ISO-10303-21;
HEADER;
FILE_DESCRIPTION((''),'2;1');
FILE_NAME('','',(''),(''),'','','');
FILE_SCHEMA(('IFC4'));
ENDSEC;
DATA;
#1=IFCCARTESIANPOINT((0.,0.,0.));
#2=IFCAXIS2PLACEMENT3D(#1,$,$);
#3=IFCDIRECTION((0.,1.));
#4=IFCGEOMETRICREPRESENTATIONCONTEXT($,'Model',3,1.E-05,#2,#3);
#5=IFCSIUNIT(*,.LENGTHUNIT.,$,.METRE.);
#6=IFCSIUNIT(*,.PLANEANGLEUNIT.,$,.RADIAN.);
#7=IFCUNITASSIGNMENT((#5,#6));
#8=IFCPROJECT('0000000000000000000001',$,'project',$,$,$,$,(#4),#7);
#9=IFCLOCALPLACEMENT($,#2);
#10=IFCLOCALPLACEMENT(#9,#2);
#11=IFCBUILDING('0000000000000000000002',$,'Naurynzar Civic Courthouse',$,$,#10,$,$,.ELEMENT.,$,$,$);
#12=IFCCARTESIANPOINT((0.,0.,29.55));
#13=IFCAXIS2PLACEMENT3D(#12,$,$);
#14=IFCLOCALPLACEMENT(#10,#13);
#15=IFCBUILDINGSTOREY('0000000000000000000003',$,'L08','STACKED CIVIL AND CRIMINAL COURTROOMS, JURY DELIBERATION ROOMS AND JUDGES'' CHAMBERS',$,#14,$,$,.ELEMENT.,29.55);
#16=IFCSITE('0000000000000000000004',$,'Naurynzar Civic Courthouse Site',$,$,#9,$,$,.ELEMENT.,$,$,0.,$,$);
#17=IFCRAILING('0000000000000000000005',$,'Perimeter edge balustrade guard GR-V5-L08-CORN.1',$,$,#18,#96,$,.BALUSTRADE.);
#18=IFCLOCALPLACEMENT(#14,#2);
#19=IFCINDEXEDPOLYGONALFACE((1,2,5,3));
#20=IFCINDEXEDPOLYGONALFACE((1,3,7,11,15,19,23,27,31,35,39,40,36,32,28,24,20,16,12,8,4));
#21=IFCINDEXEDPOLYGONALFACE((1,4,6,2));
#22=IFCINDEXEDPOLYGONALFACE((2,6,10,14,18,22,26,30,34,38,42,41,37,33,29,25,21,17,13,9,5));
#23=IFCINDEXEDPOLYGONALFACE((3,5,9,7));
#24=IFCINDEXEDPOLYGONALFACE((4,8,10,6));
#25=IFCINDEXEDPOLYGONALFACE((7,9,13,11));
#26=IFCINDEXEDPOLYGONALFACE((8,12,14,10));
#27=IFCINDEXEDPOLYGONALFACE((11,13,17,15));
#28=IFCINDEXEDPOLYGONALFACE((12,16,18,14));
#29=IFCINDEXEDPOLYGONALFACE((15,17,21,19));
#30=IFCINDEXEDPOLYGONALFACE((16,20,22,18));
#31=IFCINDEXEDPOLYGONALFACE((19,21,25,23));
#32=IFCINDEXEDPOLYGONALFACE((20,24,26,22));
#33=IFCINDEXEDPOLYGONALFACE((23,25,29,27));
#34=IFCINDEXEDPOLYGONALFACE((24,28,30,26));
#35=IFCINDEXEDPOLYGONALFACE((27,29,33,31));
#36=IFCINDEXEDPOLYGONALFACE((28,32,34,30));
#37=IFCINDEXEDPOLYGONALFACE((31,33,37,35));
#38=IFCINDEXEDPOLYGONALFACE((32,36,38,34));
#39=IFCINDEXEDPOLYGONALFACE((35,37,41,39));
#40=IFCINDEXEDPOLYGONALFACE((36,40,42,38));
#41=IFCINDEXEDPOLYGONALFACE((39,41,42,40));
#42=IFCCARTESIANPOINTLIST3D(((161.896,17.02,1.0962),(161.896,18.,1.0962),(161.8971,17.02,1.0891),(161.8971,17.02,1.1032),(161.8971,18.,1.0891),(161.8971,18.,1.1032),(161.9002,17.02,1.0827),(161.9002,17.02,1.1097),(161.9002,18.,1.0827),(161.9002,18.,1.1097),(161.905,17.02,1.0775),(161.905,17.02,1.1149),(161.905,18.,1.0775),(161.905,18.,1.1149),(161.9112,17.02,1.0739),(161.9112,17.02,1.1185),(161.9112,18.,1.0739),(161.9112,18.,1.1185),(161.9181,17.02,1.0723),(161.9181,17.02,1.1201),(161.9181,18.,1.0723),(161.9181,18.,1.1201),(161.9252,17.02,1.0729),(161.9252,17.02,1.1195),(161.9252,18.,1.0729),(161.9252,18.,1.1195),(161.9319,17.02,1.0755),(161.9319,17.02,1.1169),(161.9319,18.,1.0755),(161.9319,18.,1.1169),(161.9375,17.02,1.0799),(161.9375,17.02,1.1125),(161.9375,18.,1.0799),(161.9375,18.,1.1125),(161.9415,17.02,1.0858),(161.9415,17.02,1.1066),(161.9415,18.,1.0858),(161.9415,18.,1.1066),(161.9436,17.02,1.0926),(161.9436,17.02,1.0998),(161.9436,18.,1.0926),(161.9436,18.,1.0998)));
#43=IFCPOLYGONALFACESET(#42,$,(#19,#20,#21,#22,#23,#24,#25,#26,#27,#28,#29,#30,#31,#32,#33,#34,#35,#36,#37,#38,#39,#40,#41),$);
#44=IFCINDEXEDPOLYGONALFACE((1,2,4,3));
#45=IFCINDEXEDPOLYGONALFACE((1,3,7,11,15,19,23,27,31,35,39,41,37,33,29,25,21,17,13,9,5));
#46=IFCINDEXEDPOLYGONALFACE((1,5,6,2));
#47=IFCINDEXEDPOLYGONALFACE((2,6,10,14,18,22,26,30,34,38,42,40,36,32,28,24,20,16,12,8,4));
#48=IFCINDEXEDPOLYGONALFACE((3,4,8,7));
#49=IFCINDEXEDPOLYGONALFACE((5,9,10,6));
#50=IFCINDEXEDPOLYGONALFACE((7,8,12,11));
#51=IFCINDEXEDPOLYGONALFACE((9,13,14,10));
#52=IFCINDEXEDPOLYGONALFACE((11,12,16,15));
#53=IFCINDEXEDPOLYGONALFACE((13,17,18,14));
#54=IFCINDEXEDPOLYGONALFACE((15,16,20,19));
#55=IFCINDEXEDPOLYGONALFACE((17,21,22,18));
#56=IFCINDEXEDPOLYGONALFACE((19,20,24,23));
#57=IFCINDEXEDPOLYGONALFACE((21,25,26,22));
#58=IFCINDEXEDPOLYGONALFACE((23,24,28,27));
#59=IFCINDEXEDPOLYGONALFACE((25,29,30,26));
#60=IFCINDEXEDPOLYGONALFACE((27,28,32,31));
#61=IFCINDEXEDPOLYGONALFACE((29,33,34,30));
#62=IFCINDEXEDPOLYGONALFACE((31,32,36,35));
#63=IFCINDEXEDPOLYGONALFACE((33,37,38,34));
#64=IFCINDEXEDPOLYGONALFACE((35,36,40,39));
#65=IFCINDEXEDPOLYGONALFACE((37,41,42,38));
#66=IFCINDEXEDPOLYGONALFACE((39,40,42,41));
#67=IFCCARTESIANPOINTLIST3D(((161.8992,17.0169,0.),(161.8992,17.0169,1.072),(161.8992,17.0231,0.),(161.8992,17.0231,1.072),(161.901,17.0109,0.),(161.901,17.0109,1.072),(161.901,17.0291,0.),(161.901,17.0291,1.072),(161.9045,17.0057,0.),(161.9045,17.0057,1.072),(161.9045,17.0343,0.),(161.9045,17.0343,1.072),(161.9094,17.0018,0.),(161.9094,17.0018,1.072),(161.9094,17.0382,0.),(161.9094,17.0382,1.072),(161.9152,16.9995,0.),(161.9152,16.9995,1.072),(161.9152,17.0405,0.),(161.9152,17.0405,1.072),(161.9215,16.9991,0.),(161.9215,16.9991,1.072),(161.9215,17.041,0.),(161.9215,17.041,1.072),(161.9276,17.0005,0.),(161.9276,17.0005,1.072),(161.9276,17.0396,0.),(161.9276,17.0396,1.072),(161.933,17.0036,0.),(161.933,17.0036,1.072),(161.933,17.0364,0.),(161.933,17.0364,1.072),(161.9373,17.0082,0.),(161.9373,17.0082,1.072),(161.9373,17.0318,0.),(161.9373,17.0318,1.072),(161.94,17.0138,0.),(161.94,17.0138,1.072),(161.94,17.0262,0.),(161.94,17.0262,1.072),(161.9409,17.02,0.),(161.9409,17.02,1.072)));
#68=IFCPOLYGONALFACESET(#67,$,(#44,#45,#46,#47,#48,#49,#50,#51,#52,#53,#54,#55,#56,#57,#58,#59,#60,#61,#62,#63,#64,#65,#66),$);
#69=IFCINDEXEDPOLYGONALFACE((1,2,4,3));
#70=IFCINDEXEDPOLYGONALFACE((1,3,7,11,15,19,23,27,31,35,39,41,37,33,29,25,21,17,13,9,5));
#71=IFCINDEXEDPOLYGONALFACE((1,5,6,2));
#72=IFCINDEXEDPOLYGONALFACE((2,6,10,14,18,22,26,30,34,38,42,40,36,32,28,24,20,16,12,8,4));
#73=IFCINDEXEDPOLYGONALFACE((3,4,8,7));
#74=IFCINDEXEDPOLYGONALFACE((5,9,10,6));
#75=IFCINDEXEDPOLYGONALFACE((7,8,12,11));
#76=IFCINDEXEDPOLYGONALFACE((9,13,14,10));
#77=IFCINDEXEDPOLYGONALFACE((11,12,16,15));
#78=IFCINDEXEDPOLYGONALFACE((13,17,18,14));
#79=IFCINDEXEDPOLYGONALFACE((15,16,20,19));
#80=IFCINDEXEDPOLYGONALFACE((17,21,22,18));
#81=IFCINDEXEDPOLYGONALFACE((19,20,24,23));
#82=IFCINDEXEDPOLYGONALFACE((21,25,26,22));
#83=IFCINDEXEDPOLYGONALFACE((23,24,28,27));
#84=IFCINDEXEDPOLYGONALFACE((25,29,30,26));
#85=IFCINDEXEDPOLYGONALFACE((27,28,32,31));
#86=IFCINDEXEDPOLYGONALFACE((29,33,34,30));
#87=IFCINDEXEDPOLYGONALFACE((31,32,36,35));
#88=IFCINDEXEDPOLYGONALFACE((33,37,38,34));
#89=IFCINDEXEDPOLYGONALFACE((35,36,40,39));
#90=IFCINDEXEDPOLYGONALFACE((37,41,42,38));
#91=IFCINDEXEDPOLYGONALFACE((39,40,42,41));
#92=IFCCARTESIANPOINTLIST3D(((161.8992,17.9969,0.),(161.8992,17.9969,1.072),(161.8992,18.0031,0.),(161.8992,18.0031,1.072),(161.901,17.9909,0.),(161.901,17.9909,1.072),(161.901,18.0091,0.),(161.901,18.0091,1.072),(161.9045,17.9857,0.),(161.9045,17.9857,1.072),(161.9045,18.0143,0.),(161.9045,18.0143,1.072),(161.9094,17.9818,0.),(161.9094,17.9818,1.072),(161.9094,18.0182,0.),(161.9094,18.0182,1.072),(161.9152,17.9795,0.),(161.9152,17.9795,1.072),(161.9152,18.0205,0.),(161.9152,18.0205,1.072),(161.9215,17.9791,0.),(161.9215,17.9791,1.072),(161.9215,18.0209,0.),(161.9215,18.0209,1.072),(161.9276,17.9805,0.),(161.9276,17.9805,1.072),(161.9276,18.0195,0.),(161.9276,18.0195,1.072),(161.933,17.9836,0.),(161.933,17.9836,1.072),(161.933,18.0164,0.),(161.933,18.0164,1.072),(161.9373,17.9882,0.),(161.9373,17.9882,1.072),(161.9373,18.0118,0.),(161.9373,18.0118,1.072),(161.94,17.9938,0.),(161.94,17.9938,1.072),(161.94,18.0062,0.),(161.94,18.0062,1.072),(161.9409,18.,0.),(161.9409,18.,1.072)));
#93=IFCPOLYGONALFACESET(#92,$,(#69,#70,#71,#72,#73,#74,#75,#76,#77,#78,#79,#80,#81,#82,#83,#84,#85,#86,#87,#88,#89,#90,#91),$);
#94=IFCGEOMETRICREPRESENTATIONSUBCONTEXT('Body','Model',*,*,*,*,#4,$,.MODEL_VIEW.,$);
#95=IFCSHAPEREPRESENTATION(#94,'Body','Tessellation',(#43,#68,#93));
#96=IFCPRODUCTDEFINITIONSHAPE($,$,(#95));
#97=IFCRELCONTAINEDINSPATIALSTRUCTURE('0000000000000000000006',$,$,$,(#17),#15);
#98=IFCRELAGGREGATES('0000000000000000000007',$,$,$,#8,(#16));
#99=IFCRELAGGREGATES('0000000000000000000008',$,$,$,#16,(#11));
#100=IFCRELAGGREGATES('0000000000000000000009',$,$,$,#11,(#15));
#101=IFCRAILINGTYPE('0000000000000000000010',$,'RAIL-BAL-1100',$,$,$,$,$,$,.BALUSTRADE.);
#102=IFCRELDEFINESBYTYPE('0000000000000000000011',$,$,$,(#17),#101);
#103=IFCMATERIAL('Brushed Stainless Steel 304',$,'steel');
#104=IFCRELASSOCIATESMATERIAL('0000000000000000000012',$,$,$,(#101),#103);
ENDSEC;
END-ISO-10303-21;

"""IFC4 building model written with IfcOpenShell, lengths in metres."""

from ifc_helpers import new_model, si_unit, direction, frame, origin, origin_2d, place, context, subcontext, project, spatial, circle, extrude, material, type_object, element, save


model = new_model("IFC4")

# Units and contexts
model_context = context("Model", 3, precision=1e-05, world=origin(), true_north=direction((0.0, 1.0)))
body_context = subcontext(model_context, "Body", "Model", "MODEL_VIEW")
ifc_project = project(units=[si_unit("LENGTHUNIT", "METRE"), si_unit("PLANEANGLEUNIT", "RADIAN")], contexts=[model_context])

# Site, building, storey
site_placement = place(None, origin())
site = spatial("IfcSite", under=ifc_project, at=site_placement, Name="Naurynzar Civic Courthouse Site", CompositionType="ELEMENT", RefElevation=0.0)
building_placement = place(site_placement, origin())
building = spatial("IfcBuilding", under=site, at=building_placement, Name="Naurynzar Civic Courthouse", CompositionType="ELEMENT")
storey_placement = place(building_placement, frame((0.0, 0.0, 29.55)))
storey = spatial("IfcBuildingStorey", under=building, at=storey_placement, Name="L08", Description="STACKED CIVIL AND CRIMINAL COURTROOMS, JURY DELIBERATION ROOMS AND JUDGES' CHAMBERS", CompositionType="ELEMENT", Elevation=29.55)

# Railing
ifc_material_1 = material(Name="Brushed Stainless Steel 304", Category="steel")
railing_type = type_object("IfcRailingType", Name="RAIL-BAL-1100", PredefinedType="BALUSTRADE", material=ifc_material_1)
railing_placement = place(storey_placement, frame((161.9199, 17.02, 0.0)))
element("IfcRailing", 1, at=railing_placement, inside=storey, type_object=railing_type, Name="Perimeter edge balustrade guard GR-V5-L08-CORN.1", PredefinedType="BALUSTRADE", context=body_context, shape_type="SweptSolid", body=[
    extrude(circle(Radius=0.0239, at=origin_2d()), frame((0.0, 0.0, 1.0962), z_axis=(0.0, 1.0, 0.0), x_axis=(-1.0, 0.0, 0.0)), (0.0, 0.0, 1.0), 0.98),
    extrude(circle(Radius=0.021, at=origin_2d()), origin(), (0.0, 0.0, 1.0), 1.072),
    extrude(circle(Radius=0.021, at=origin_2d()), frame((0.0, 0.98, 0.0)), (0.0, 0.0, 1.0), 1.072),
])

save(model, "model.ifc")
